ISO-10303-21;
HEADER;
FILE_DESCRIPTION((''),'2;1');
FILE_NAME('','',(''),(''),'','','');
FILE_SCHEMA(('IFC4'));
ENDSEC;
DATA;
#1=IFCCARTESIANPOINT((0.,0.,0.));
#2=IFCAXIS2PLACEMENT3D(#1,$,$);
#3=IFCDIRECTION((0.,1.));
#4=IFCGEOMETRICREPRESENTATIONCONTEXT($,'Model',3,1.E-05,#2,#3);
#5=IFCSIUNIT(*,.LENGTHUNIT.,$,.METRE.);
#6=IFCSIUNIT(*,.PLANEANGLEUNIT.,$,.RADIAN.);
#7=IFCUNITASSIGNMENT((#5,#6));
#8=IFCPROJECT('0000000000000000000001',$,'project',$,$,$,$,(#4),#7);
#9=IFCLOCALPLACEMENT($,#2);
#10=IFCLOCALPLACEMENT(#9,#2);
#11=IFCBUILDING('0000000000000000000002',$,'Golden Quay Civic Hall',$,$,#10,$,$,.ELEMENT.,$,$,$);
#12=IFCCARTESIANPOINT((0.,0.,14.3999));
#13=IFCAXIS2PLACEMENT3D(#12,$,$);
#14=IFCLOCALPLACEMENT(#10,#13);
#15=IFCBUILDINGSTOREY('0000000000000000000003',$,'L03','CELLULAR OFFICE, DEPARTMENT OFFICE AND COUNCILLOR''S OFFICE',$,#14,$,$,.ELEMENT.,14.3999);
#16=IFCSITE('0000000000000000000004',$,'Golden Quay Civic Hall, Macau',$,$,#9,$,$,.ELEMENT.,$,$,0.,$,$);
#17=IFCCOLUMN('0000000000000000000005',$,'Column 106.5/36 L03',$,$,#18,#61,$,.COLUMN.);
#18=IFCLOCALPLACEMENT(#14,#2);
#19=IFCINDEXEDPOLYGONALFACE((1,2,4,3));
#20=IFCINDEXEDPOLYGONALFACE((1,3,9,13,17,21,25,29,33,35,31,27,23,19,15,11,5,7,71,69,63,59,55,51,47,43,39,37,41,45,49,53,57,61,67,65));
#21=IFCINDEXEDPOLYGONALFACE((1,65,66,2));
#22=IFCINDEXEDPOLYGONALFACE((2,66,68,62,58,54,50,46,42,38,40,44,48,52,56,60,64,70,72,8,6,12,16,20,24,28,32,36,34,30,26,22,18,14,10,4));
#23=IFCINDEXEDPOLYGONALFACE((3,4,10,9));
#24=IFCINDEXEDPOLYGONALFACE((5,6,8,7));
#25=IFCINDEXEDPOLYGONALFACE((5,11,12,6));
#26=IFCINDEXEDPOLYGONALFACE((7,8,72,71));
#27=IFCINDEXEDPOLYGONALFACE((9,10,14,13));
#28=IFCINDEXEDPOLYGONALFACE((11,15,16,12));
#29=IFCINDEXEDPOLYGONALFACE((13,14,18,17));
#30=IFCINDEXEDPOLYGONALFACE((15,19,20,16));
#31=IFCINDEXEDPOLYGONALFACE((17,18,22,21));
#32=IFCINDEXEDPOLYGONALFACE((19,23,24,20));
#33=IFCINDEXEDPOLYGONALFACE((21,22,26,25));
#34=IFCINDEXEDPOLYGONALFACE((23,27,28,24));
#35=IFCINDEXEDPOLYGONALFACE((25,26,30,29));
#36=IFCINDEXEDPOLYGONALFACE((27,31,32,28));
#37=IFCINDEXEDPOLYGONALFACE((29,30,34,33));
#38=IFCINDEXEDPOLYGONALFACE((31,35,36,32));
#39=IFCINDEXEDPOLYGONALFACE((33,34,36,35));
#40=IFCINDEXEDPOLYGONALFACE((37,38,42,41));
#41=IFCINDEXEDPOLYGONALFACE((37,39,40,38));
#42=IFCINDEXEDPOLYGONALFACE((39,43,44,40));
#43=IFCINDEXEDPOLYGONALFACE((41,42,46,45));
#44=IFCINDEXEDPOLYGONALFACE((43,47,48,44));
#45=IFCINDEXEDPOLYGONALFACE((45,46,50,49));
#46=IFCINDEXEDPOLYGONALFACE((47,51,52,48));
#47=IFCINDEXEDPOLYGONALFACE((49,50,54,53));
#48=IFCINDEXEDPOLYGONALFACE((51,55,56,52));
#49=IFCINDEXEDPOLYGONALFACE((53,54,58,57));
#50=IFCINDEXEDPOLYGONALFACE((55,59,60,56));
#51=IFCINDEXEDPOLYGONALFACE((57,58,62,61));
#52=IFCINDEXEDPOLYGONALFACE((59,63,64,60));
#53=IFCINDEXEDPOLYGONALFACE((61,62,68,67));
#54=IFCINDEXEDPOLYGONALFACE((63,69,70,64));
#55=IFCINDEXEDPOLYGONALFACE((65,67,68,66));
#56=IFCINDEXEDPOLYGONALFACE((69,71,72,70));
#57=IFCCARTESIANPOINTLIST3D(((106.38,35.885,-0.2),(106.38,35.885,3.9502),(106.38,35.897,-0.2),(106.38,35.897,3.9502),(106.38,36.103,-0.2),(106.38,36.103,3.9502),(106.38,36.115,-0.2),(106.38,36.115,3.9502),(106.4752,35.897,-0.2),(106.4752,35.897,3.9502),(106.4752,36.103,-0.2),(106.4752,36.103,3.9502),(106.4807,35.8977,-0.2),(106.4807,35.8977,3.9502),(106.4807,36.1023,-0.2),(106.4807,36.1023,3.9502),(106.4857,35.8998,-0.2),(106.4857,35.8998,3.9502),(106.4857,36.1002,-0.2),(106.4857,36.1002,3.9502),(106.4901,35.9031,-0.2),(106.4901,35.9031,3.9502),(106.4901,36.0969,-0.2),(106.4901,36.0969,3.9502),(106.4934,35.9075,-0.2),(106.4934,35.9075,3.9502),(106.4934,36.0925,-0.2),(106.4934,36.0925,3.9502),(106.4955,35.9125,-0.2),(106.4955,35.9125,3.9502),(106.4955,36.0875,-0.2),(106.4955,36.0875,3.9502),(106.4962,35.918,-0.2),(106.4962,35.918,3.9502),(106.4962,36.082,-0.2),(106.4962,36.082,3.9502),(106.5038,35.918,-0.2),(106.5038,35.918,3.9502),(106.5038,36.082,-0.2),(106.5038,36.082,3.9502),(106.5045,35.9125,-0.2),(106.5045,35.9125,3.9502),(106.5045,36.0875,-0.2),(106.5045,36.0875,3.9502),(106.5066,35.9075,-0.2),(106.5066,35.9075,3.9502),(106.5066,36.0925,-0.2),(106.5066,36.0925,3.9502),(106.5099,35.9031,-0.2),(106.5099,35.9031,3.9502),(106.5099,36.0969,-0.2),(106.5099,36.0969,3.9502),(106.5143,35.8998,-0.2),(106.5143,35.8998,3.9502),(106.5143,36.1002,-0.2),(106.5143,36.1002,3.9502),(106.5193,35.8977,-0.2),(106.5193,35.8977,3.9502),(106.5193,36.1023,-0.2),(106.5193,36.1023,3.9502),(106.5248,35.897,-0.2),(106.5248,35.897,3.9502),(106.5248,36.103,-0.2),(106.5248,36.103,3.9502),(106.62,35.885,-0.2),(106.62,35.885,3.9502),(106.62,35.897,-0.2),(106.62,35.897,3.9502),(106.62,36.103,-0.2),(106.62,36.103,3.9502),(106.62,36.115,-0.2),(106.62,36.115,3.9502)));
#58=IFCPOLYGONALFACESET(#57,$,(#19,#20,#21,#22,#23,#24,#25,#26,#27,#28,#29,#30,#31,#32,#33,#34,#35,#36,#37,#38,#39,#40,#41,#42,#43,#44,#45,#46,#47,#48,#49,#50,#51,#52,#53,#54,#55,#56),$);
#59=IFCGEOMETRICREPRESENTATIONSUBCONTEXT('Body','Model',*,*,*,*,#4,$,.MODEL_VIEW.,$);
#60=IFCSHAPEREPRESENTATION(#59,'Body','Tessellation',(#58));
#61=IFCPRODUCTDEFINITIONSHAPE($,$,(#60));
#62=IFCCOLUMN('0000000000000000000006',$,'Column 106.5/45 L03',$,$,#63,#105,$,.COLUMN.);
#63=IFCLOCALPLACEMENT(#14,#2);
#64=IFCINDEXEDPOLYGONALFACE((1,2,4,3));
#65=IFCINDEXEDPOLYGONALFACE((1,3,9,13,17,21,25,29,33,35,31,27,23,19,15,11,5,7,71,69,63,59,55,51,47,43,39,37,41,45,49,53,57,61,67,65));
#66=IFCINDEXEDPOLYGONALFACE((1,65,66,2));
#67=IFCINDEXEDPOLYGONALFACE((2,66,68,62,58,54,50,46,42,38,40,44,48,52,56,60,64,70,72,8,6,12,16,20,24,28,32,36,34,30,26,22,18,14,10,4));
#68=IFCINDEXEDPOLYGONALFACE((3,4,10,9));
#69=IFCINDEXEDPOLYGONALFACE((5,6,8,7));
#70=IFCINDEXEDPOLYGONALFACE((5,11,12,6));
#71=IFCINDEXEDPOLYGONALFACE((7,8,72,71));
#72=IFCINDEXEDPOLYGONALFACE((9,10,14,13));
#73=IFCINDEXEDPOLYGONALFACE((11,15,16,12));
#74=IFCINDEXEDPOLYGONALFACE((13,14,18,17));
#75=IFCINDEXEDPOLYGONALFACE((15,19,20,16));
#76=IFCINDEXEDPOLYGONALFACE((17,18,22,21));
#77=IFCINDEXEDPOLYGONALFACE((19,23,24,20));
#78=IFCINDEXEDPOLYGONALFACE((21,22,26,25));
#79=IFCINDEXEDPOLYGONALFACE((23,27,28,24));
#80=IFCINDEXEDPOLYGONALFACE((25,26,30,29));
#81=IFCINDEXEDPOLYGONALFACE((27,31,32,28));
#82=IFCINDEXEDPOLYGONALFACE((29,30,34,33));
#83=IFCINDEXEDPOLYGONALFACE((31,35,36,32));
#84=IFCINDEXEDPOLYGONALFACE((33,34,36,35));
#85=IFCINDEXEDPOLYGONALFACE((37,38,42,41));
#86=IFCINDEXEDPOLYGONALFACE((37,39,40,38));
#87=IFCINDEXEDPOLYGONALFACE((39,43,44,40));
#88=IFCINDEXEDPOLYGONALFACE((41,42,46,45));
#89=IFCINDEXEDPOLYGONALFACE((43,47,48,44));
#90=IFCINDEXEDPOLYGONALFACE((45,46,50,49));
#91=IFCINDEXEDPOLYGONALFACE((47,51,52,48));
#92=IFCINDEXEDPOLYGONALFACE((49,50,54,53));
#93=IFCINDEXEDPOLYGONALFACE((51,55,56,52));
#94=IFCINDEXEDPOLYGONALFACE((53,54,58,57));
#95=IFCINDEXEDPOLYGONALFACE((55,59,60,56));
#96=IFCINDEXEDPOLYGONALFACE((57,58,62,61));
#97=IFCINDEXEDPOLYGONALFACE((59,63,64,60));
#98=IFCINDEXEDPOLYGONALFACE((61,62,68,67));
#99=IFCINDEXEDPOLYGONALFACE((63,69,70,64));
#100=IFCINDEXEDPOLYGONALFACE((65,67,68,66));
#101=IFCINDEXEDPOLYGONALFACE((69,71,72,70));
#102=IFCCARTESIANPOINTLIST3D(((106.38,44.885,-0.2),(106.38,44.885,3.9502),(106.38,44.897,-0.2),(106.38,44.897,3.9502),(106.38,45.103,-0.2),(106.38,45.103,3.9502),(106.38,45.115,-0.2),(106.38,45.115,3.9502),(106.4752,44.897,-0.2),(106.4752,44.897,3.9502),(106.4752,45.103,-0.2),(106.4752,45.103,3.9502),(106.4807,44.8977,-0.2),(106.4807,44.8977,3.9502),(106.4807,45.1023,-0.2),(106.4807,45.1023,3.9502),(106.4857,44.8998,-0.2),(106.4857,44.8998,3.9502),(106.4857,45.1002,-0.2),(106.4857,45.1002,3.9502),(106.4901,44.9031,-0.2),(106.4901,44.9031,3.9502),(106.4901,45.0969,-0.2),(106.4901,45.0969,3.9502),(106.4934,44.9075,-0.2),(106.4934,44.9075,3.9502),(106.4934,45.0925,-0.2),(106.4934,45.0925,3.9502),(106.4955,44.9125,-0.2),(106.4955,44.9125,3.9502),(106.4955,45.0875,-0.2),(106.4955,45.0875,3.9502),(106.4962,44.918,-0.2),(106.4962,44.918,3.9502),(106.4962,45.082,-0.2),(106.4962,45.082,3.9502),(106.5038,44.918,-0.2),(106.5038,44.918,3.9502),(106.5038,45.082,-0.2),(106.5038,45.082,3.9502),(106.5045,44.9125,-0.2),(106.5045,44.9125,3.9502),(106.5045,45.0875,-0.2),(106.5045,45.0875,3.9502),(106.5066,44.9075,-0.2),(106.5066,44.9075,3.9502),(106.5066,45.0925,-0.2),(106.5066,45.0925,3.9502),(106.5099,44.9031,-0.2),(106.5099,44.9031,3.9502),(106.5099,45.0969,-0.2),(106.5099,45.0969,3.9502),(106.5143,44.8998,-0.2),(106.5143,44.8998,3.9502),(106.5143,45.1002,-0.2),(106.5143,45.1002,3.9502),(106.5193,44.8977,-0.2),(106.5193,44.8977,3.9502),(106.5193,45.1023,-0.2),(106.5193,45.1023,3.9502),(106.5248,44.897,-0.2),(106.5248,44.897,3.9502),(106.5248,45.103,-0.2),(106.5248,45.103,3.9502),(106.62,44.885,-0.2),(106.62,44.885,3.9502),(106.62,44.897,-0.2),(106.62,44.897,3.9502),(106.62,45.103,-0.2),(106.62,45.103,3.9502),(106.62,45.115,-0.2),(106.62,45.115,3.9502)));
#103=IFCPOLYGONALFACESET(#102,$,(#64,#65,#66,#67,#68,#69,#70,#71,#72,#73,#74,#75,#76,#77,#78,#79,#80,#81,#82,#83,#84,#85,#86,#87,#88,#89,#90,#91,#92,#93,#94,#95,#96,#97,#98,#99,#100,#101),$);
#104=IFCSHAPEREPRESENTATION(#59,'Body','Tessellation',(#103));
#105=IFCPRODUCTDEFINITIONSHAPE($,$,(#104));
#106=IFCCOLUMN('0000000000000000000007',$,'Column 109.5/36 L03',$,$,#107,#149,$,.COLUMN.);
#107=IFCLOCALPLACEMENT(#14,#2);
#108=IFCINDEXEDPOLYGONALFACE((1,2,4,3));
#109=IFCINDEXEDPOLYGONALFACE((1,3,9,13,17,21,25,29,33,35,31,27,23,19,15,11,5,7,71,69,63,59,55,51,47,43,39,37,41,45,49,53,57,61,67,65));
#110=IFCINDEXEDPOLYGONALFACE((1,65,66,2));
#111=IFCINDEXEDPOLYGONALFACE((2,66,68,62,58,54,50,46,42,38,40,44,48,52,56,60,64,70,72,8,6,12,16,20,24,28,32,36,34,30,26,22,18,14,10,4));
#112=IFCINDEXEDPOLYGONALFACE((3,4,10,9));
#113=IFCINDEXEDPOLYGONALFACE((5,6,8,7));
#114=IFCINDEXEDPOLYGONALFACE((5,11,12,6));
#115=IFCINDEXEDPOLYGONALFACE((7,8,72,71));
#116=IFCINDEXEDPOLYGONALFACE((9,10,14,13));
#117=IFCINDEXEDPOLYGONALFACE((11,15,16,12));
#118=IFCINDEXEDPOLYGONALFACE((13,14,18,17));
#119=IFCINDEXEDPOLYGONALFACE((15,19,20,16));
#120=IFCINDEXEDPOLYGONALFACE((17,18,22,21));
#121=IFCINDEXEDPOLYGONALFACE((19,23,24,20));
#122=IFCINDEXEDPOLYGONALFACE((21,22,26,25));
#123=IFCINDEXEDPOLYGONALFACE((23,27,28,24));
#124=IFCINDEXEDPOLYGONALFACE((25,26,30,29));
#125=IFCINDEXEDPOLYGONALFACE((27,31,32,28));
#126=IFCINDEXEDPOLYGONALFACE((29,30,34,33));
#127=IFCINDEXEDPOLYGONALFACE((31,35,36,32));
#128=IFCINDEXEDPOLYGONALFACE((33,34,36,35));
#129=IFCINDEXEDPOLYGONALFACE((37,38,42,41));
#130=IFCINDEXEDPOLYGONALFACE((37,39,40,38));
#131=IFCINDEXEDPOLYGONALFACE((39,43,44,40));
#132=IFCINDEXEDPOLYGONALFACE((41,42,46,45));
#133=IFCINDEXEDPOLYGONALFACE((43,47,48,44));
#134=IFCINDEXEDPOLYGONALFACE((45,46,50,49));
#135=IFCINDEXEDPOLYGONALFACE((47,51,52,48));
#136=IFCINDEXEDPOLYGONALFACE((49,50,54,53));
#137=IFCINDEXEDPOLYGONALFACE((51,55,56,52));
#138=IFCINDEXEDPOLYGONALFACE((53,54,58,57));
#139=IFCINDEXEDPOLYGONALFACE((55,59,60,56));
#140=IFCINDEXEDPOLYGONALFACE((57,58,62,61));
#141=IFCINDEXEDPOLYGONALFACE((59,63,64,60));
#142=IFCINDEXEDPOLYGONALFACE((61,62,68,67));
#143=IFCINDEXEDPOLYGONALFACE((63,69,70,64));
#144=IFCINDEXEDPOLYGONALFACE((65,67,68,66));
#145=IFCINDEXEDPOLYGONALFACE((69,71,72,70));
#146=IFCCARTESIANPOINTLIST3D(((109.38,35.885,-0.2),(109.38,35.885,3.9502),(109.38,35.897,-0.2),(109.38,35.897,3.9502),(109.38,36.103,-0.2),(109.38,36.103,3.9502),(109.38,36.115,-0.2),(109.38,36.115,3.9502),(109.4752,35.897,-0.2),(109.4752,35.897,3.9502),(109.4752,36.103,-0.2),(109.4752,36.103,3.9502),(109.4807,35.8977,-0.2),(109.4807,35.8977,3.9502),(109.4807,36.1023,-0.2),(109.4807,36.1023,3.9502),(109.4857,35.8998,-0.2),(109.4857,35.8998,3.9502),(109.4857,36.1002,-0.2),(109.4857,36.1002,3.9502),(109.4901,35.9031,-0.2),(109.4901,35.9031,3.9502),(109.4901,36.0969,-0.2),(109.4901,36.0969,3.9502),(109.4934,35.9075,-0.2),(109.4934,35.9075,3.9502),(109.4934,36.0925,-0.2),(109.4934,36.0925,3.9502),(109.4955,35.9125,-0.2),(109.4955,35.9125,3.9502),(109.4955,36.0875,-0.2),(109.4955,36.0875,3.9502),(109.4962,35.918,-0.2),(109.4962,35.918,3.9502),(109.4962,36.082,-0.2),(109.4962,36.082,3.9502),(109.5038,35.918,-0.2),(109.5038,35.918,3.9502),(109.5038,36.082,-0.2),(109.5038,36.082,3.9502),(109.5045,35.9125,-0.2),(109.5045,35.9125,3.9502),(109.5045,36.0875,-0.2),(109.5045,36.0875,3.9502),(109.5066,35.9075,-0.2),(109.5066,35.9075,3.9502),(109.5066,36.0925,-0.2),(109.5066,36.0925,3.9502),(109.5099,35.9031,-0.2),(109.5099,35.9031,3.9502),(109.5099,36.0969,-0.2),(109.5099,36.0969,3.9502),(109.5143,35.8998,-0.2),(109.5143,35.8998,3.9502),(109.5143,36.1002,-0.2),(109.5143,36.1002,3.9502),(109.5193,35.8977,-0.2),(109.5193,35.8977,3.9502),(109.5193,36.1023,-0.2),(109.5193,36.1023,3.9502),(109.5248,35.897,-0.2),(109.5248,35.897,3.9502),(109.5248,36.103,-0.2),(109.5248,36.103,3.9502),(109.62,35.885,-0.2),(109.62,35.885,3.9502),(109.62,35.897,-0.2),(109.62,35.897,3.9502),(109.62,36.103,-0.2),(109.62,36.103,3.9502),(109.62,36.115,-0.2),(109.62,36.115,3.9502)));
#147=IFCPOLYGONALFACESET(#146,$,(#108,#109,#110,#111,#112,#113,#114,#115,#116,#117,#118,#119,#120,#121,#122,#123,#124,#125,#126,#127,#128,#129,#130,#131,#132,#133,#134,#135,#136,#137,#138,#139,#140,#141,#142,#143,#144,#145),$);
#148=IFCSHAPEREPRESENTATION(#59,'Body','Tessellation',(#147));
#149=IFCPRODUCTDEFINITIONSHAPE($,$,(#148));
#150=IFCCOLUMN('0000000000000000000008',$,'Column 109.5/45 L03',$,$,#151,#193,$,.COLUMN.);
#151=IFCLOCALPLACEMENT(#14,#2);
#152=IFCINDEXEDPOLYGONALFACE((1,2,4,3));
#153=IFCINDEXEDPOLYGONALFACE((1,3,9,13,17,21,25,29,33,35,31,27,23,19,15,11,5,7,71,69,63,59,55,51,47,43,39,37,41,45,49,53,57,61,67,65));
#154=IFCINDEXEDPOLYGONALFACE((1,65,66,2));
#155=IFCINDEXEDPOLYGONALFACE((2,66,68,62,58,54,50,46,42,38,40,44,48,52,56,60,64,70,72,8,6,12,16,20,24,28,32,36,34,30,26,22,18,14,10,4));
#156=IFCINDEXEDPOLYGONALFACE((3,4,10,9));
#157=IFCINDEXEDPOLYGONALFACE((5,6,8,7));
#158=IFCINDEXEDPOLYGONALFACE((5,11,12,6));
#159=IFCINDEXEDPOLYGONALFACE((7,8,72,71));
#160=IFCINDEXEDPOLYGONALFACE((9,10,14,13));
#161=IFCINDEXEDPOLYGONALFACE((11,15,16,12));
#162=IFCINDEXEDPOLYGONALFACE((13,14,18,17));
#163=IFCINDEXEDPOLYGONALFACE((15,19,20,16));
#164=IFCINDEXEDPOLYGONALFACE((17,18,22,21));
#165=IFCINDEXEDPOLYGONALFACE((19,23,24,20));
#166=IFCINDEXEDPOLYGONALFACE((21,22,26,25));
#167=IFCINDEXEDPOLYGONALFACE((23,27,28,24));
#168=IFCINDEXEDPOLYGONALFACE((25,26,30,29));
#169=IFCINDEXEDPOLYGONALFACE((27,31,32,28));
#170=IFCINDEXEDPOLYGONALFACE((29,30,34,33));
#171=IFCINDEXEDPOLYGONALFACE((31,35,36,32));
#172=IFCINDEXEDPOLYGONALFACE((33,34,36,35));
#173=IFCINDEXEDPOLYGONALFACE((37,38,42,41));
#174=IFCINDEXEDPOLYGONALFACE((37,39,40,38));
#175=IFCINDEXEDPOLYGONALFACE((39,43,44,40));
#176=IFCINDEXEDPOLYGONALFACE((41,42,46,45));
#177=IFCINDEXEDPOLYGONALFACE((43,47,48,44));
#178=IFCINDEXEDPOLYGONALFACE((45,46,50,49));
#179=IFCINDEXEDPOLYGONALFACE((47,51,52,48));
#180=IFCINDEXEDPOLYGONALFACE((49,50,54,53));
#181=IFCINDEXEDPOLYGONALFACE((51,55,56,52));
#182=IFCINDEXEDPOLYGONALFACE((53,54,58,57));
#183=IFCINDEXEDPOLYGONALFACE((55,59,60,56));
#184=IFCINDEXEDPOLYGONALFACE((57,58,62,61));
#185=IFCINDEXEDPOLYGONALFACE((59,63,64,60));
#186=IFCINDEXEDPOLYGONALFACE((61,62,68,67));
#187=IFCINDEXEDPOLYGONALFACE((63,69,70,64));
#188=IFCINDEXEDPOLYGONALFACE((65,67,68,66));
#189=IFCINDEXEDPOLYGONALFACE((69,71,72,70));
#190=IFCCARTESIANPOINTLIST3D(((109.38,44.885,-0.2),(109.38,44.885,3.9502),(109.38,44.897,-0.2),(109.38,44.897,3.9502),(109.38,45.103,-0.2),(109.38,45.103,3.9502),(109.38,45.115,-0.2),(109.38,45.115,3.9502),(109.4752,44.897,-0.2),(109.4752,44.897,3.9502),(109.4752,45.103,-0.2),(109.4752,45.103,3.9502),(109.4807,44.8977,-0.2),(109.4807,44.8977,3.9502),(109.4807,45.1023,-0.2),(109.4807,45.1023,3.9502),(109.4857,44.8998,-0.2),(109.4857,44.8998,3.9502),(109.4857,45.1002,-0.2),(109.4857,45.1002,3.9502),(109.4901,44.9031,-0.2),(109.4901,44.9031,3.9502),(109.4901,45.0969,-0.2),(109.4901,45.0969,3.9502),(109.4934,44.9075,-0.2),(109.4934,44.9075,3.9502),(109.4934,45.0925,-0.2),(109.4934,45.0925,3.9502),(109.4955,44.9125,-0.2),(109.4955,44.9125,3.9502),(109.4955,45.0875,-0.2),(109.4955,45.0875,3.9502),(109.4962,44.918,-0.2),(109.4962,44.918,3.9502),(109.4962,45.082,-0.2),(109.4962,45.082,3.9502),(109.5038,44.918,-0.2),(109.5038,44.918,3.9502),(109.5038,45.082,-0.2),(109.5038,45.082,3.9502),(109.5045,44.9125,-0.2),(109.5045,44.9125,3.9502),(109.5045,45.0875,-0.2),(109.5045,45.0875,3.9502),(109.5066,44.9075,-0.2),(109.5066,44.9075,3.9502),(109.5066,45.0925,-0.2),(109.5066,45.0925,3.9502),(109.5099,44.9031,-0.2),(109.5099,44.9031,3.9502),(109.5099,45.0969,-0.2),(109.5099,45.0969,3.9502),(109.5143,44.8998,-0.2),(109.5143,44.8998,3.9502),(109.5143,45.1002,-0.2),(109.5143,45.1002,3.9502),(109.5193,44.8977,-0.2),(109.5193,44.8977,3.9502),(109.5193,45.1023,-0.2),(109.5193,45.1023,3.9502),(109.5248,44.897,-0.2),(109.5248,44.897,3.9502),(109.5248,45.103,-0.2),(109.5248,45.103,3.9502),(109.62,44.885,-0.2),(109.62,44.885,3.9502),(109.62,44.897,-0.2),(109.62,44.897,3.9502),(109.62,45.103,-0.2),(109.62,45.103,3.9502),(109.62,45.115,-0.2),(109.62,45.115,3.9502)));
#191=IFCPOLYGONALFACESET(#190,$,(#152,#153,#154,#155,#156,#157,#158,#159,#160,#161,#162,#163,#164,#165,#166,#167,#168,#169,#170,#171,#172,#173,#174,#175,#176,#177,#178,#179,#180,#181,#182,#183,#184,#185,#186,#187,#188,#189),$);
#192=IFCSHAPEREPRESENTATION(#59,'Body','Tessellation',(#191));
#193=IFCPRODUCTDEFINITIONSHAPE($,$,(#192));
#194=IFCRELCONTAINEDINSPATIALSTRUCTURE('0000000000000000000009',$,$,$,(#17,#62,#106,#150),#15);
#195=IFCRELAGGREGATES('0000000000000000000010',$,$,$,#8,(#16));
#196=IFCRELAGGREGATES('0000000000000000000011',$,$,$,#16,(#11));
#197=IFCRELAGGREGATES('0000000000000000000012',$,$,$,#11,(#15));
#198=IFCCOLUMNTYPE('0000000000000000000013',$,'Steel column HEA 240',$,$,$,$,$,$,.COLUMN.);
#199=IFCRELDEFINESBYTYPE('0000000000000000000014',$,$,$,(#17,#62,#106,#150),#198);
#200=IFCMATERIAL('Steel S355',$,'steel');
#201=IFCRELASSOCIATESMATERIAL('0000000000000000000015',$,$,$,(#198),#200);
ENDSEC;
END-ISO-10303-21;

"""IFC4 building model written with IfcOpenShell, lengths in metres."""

from ifc_helpers import new_model, si_unit, direction, frame, origin, origin_2d, place, context, subcontext, project, spatial, i_section, extrude, material, material_profile, profile_set, type_object, element, save


model = new_model("IFC4")

# Units and contexts
model_context = context("Model", 3, precision=1e-05, world=origin(), true_north=direction((0.0, 1.0)))
body_context = subcontext(model_context, "Body", "Model", "MODEL_VIEW")
ifc_project = project(units=[si_unit("LENGTHUNIT", "METRE"), si_unit("PLANEANGLEUNIT", "RADIAN")], contexts=[model_context])

# Site, building, storey
site_placement = place(None, origin())
site = spatial("IfcSite", under=ifc_project, at=site_placement, Name="Golden Quay Civic Hall, Macau", CompositionType="ELEMENT", RefElevation=0.0)
building_placement = place(site_placement, origin())
building = spatial("IfcBuilding", under=site, at=building_placement, Name="Golden Quay Civic Hall", CompositionType="ELEMENT")
storey_placement = place(building_placement, frame((0.0, 0.0, 14.3999)))
storey = spatial("IfcBuildingStorey", under=building, at=storey_placement, Name="L03", Description="CELLULAR OFFICE, DEPARTMENT OFFICE AND COUNCILLOR'S OFFICE", CompositionType="ELEMENT", Elevation=14.3999)

# Columns
ifc_material_1 = material(Name="Steel S355", Category="steel")
ifc_material_profile_1 = material_profile(ifc_material_1, i_section(OverallWidth=0.24, OverallDepth=0.23, WebThickness=0.0076, FlangeThickness=0.012, FilletRadius=0.021, at=origin_2d()), Name="HEA 240")
ifc_profile_set_1 = profile_set([ifc_material_profile_1], Name="Steel S355")
column_type = type_object("IfcColumnType", Name="Steel column HEA 240", PredefinedType="COLUMN", material=ifc_profile_set_1)
for number, where, z_axis, x_axis, name in (
    (1, (106.5, 36.0, -0.2), (0.0, 0.0, 1.0), (1.0, 0.0, 0.0), "Column 106.5/36 L03"),
    (2, (106.5, 45.0, -0.2), (0.0, 0.0, 1.0), (1.0, 0.0, 0.0), "Column 106.5/45 L03"),
    (3, (109.5, 36.0, -0.2), (0.0, 0.0, 1.0), (1.0, 0.0, 0.0), "Column 109.5/36 L03"),
    (4, (109.5, 45.0, -0.2), (0.0, 0.0, 1.0), (1.0, 0.0, 0.0), "Column 109.5/45 L03"),
):
    element("IfcColumn", number, at=place(storey_placement, frame(where, z_axis=z_axis, x_axis=x_axis)), inside=storey, type_object=column_type, Name=name, PredefinedType="COLUMN", context=body_context, shape_type="SweptSolid", body=[
        extrude(i_section(OverallWidth=0.24, OverallDepth=0.23, WebThickness=0.0076, FlangeThickness=0.012, FilletRadius=0.021, at=origin_2d()), origin(), (0.0, 0.0, 1.0), 4.1501),
    ])

save(model, "model.ifc")
